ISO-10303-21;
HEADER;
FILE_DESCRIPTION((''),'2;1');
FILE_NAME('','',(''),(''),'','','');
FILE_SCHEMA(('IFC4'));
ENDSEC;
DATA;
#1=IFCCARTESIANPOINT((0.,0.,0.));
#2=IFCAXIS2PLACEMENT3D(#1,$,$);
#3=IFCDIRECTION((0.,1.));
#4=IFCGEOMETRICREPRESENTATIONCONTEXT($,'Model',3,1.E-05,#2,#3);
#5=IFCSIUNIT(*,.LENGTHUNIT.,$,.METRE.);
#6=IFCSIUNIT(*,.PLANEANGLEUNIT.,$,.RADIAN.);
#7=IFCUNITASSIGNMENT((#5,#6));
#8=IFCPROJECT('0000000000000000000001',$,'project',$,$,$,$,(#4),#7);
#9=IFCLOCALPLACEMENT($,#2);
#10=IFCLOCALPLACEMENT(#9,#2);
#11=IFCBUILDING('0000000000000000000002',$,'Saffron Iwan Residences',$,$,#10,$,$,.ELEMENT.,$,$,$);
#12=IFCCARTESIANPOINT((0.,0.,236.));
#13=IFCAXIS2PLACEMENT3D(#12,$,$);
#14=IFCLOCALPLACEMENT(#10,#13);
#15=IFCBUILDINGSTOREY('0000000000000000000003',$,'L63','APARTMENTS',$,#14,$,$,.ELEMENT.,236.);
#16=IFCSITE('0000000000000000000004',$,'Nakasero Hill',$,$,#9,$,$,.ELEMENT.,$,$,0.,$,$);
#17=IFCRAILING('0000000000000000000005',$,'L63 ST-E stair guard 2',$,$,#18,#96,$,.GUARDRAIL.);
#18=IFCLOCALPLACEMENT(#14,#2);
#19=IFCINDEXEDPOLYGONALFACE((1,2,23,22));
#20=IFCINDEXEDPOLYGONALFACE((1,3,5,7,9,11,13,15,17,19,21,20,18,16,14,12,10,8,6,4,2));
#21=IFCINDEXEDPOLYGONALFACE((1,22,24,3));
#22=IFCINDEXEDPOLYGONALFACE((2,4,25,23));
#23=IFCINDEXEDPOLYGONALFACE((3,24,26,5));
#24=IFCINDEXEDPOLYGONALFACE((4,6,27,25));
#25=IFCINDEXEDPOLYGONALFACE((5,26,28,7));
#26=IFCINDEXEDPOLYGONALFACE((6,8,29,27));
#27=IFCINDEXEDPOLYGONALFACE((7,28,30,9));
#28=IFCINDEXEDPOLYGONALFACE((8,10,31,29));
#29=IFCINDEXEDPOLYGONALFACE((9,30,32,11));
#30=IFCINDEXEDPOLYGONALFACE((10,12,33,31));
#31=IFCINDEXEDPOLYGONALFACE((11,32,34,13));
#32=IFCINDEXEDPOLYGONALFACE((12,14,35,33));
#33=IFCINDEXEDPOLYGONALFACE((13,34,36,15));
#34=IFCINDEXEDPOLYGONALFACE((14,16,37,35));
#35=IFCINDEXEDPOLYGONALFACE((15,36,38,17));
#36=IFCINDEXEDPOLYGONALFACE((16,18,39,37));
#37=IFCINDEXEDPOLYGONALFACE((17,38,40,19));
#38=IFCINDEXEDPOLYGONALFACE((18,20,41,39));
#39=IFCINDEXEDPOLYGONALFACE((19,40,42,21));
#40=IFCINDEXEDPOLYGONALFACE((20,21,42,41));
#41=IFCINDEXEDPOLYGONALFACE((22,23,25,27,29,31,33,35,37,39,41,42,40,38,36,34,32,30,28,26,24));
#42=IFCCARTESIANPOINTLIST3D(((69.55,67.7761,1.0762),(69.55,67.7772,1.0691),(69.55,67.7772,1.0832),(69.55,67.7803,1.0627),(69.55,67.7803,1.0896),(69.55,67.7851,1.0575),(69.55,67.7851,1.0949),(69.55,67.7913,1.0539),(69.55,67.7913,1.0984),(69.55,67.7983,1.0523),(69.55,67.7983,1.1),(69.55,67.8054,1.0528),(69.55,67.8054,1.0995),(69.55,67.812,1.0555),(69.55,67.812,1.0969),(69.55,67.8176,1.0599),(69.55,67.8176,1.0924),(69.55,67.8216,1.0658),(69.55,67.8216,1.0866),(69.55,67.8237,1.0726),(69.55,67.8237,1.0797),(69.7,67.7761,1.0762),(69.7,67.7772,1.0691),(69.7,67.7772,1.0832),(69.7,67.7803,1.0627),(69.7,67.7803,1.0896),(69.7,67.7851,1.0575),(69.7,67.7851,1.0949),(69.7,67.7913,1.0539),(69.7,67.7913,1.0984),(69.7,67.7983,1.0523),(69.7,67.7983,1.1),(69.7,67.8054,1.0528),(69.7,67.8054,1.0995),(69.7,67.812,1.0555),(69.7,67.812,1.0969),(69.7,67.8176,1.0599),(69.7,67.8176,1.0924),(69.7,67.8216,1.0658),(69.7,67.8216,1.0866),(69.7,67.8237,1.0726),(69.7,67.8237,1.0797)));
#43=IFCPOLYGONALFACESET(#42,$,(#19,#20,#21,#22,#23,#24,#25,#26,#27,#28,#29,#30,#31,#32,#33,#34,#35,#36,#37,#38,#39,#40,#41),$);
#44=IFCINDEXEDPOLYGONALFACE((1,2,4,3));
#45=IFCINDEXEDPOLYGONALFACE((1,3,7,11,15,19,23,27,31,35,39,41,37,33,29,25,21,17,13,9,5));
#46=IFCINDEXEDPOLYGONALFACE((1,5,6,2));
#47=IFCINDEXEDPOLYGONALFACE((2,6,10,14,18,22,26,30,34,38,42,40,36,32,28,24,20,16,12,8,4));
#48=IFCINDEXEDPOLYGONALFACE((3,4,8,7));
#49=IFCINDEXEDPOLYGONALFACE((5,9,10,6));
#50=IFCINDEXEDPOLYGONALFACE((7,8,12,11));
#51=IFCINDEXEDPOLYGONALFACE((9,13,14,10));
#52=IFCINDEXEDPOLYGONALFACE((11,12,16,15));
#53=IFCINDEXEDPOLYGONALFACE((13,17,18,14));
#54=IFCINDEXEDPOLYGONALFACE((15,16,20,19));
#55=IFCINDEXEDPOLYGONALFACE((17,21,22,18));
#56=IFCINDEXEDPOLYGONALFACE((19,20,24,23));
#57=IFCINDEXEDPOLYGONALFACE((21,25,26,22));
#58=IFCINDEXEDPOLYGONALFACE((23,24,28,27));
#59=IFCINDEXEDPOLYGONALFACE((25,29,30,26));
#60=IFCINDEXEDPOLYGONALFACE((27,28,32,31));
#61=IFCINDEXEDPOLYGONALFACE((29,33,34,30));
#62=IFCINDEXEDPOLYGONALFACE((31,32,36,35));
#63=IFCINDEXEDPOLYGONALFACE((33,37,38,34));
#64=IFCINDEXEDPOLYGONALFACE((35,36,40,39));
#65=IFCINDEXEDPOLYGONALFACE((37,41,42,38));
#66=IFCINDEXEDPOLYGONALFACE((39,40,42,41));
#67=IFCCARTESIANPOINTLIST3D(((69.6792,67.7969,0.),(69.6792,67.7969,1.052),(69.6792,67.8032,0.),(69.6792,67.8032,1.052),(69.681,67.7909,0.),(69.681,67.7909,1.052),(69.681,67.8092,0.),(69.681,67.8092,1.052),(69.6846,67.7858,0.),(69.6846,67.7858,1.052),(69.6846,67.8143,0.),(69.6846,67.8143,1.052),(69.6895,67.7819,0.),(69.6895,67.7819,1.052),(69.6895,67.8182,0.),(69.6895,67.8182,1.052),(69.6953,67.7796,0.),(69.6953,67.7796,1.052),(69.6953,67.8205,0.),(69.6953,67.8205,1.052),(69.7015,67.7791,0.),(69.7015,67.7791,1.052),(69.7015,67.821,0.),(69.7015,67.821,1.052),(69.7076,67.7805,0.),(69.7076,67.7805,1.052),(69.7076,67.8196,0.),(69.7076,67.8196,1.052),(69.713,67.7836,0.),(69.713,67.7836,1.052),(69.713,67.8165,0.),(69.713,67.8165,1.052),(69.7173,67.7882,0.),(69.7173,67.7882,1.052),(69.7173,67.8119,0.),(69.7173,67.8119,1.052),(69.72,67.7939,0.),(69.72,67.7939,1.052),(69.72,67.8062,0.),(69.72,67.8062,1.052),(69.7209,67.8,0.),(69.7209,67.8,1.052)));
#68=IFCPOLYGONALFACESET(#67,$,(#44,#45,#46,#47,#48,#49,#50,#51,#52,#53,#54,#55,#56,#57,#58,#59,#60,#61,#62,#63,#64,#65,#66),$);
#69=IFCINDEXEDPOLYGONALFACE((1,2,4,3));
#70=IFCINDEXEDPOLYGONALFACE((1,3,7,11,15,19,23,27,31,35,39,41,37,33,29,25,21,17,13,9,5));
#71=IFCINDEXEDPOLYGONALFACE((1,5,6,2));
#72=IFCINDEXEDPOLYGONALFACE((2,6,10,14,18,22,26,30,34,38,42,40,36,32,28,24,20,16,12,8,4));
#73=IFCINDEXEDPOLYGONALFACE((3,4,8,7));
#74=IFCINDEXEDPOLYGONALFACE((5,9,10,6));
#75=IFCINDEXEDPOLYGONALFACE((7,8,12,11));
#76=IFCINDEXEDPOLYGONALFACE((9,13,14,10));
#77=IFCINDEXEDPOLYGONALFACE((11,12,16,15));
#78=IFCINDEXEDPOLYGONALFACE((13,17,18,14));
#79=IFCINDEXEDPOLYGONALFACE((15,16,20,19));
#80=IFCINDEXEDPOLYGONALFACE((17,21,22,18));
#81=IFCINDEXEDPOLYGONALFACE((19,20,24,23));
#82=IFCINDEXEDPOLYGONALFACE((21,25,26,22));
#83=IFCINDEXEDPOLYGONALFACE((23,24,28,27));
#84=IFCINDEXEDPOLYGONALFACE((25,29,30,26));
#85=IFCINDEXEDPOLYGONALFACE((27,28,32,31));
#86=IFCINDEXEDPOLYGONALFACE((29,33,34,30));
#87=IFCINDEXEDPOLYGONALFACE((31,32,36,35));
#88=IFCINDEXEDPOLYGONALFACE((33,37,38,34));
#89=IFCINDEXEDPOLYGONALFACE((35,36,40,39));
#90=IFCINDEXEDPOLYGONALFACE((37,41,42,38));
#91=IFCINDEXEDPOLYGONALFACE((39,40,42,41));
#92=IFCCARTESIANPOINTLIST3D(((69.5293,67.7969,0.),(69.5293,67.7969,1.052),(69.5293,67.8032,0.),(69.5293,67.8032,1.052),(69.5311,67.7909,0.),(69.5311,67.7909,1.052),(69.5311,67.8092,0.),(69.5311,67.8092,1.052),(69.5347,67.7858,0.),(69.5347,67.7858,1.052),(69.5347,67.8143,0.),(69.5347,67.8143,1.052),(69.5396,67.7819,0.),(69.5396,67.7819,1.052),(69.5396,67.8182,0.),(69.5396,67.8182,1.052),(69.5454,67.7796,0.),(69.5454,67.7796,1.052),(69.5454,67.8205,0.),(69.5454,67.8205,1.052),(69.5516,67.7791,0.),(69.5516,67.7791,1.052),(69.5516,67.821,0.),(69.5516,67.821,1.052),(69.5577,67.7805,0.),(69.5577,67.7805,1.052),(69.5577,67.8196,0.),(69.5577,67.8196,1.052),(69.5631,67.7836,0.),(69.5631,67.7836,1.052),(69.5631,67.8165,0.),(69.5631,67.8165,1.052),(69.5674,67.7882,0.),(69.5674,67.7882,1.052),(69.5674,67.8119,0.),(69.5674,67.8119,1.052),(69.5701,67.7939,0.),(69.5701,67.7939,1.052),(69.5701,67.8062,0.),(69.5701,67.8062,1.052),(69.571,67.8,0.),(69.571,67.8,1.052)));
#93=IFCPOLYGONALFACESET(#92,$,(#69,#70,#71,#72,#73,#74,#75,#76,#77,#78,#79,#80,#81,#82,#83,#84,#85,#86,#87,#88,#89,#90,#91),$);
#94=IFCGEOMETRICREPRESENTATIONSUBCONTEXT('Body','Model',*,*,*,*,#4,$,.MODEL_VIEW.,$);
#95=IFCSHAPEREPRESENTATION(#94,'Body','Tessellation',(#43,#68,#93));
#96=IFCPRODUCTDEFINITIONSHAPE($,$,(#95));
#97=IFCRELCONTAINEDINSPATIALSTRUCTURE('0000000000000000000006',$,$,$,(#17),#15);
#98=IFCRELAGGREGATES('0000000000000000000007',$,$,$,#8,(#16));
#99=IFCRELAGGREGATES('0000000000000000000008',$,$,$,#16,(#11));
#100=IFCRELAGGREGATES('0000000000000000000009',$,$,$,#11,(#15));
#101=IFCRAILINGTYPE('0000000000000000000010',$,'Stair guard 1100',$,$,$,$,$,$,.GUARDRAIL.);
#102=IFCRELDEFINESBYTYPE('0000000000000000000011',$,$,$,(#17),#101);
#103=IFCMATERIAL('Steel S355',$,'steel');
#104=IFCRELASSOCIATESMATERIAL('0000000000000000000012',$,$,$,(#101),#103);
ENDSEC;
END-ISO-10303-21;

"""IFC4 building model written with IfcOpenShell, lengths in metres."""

from ifc_helpers import new_model, si_unit, direction, frame, origin, origin_2d, place, context, subcontext, project, spatial, circle, extrude, material, type_object, element, save


model = new_model("IFC4")

# Units and contexts
model_context = context("Model", 3, precision=1e-05, world=origin(), true_north=direction((0.0, 1.0)))
body_context = subcontext(model_context, "Body", "Model", "MODEL_VIEW")
ifc_project = project(units=[si_unit("LENGTHUNIT", "METRE"), si_unit("PLANEANGLEUNIT", "RADIAN")], contexts=[model_context])

# Site, building, storey
site_placement = place(None, origin())
site = spatial("IfcSite", under=ifc_project, at=site_placement, Name="Nakasero Hill", CompositionType="ELEMENT", RefElevation=0.0)
building_placement = place(site_placement, origin())
building = spatial("IfcBuilding", under=site, at=building_placement, Name="Saffron Iwan Residences", CompositionType="ELEMENT")
storey_placement = place(building_placement, frame((0.0, 0.0, 236.0)))
storey = spatial("IfcBuildingStorey", under=building, at=storey_placement, Name="L63", Description="APARTMENTS", CompositionType="ELEMENT", Elevation=236.0)

# Railing
ifc_material_1 = material(Name="Steel S355", Category="steel")
railing_type_1 = type_object("IfcRailingType", Name="Stair guard 1100", PredefinedType="GUARDRAIL", material=ifc_material_1)
railing_1_placement = place(storey_placement, frame((69.7, 67.8, 0.0)))
element("IfcRailing", 1, at=railing_1_placement, inside=storey, type_object=railing_type_1, Name="L63 ST-E stair guard 2", PredefinedType="GUARDRAIL", context=body_context, shape_type="SweptSolid", body=[
    extrude(circle(Radius=0.0239, at=origin_2d()), frame((0.0, 0.0, 1.0762), z_axis=(-1.0, 0.0, 0.0), x_axis=(0.0, -1.0, 0.0)), (0.0, 0.0, 1.0), 0.1499),
    extrude(circle(Radius=0.021, at=origin_2d()), origin(), (0.0, 0.0, 1.0), 1.052),
    extrude(circle(Radius=0.021, at=origin_2d()), frame((-0.1499, 0.0, 0.0)), (0.0, 0.0, 1.0), 1.052),
])

save(model, "model.ifc")
